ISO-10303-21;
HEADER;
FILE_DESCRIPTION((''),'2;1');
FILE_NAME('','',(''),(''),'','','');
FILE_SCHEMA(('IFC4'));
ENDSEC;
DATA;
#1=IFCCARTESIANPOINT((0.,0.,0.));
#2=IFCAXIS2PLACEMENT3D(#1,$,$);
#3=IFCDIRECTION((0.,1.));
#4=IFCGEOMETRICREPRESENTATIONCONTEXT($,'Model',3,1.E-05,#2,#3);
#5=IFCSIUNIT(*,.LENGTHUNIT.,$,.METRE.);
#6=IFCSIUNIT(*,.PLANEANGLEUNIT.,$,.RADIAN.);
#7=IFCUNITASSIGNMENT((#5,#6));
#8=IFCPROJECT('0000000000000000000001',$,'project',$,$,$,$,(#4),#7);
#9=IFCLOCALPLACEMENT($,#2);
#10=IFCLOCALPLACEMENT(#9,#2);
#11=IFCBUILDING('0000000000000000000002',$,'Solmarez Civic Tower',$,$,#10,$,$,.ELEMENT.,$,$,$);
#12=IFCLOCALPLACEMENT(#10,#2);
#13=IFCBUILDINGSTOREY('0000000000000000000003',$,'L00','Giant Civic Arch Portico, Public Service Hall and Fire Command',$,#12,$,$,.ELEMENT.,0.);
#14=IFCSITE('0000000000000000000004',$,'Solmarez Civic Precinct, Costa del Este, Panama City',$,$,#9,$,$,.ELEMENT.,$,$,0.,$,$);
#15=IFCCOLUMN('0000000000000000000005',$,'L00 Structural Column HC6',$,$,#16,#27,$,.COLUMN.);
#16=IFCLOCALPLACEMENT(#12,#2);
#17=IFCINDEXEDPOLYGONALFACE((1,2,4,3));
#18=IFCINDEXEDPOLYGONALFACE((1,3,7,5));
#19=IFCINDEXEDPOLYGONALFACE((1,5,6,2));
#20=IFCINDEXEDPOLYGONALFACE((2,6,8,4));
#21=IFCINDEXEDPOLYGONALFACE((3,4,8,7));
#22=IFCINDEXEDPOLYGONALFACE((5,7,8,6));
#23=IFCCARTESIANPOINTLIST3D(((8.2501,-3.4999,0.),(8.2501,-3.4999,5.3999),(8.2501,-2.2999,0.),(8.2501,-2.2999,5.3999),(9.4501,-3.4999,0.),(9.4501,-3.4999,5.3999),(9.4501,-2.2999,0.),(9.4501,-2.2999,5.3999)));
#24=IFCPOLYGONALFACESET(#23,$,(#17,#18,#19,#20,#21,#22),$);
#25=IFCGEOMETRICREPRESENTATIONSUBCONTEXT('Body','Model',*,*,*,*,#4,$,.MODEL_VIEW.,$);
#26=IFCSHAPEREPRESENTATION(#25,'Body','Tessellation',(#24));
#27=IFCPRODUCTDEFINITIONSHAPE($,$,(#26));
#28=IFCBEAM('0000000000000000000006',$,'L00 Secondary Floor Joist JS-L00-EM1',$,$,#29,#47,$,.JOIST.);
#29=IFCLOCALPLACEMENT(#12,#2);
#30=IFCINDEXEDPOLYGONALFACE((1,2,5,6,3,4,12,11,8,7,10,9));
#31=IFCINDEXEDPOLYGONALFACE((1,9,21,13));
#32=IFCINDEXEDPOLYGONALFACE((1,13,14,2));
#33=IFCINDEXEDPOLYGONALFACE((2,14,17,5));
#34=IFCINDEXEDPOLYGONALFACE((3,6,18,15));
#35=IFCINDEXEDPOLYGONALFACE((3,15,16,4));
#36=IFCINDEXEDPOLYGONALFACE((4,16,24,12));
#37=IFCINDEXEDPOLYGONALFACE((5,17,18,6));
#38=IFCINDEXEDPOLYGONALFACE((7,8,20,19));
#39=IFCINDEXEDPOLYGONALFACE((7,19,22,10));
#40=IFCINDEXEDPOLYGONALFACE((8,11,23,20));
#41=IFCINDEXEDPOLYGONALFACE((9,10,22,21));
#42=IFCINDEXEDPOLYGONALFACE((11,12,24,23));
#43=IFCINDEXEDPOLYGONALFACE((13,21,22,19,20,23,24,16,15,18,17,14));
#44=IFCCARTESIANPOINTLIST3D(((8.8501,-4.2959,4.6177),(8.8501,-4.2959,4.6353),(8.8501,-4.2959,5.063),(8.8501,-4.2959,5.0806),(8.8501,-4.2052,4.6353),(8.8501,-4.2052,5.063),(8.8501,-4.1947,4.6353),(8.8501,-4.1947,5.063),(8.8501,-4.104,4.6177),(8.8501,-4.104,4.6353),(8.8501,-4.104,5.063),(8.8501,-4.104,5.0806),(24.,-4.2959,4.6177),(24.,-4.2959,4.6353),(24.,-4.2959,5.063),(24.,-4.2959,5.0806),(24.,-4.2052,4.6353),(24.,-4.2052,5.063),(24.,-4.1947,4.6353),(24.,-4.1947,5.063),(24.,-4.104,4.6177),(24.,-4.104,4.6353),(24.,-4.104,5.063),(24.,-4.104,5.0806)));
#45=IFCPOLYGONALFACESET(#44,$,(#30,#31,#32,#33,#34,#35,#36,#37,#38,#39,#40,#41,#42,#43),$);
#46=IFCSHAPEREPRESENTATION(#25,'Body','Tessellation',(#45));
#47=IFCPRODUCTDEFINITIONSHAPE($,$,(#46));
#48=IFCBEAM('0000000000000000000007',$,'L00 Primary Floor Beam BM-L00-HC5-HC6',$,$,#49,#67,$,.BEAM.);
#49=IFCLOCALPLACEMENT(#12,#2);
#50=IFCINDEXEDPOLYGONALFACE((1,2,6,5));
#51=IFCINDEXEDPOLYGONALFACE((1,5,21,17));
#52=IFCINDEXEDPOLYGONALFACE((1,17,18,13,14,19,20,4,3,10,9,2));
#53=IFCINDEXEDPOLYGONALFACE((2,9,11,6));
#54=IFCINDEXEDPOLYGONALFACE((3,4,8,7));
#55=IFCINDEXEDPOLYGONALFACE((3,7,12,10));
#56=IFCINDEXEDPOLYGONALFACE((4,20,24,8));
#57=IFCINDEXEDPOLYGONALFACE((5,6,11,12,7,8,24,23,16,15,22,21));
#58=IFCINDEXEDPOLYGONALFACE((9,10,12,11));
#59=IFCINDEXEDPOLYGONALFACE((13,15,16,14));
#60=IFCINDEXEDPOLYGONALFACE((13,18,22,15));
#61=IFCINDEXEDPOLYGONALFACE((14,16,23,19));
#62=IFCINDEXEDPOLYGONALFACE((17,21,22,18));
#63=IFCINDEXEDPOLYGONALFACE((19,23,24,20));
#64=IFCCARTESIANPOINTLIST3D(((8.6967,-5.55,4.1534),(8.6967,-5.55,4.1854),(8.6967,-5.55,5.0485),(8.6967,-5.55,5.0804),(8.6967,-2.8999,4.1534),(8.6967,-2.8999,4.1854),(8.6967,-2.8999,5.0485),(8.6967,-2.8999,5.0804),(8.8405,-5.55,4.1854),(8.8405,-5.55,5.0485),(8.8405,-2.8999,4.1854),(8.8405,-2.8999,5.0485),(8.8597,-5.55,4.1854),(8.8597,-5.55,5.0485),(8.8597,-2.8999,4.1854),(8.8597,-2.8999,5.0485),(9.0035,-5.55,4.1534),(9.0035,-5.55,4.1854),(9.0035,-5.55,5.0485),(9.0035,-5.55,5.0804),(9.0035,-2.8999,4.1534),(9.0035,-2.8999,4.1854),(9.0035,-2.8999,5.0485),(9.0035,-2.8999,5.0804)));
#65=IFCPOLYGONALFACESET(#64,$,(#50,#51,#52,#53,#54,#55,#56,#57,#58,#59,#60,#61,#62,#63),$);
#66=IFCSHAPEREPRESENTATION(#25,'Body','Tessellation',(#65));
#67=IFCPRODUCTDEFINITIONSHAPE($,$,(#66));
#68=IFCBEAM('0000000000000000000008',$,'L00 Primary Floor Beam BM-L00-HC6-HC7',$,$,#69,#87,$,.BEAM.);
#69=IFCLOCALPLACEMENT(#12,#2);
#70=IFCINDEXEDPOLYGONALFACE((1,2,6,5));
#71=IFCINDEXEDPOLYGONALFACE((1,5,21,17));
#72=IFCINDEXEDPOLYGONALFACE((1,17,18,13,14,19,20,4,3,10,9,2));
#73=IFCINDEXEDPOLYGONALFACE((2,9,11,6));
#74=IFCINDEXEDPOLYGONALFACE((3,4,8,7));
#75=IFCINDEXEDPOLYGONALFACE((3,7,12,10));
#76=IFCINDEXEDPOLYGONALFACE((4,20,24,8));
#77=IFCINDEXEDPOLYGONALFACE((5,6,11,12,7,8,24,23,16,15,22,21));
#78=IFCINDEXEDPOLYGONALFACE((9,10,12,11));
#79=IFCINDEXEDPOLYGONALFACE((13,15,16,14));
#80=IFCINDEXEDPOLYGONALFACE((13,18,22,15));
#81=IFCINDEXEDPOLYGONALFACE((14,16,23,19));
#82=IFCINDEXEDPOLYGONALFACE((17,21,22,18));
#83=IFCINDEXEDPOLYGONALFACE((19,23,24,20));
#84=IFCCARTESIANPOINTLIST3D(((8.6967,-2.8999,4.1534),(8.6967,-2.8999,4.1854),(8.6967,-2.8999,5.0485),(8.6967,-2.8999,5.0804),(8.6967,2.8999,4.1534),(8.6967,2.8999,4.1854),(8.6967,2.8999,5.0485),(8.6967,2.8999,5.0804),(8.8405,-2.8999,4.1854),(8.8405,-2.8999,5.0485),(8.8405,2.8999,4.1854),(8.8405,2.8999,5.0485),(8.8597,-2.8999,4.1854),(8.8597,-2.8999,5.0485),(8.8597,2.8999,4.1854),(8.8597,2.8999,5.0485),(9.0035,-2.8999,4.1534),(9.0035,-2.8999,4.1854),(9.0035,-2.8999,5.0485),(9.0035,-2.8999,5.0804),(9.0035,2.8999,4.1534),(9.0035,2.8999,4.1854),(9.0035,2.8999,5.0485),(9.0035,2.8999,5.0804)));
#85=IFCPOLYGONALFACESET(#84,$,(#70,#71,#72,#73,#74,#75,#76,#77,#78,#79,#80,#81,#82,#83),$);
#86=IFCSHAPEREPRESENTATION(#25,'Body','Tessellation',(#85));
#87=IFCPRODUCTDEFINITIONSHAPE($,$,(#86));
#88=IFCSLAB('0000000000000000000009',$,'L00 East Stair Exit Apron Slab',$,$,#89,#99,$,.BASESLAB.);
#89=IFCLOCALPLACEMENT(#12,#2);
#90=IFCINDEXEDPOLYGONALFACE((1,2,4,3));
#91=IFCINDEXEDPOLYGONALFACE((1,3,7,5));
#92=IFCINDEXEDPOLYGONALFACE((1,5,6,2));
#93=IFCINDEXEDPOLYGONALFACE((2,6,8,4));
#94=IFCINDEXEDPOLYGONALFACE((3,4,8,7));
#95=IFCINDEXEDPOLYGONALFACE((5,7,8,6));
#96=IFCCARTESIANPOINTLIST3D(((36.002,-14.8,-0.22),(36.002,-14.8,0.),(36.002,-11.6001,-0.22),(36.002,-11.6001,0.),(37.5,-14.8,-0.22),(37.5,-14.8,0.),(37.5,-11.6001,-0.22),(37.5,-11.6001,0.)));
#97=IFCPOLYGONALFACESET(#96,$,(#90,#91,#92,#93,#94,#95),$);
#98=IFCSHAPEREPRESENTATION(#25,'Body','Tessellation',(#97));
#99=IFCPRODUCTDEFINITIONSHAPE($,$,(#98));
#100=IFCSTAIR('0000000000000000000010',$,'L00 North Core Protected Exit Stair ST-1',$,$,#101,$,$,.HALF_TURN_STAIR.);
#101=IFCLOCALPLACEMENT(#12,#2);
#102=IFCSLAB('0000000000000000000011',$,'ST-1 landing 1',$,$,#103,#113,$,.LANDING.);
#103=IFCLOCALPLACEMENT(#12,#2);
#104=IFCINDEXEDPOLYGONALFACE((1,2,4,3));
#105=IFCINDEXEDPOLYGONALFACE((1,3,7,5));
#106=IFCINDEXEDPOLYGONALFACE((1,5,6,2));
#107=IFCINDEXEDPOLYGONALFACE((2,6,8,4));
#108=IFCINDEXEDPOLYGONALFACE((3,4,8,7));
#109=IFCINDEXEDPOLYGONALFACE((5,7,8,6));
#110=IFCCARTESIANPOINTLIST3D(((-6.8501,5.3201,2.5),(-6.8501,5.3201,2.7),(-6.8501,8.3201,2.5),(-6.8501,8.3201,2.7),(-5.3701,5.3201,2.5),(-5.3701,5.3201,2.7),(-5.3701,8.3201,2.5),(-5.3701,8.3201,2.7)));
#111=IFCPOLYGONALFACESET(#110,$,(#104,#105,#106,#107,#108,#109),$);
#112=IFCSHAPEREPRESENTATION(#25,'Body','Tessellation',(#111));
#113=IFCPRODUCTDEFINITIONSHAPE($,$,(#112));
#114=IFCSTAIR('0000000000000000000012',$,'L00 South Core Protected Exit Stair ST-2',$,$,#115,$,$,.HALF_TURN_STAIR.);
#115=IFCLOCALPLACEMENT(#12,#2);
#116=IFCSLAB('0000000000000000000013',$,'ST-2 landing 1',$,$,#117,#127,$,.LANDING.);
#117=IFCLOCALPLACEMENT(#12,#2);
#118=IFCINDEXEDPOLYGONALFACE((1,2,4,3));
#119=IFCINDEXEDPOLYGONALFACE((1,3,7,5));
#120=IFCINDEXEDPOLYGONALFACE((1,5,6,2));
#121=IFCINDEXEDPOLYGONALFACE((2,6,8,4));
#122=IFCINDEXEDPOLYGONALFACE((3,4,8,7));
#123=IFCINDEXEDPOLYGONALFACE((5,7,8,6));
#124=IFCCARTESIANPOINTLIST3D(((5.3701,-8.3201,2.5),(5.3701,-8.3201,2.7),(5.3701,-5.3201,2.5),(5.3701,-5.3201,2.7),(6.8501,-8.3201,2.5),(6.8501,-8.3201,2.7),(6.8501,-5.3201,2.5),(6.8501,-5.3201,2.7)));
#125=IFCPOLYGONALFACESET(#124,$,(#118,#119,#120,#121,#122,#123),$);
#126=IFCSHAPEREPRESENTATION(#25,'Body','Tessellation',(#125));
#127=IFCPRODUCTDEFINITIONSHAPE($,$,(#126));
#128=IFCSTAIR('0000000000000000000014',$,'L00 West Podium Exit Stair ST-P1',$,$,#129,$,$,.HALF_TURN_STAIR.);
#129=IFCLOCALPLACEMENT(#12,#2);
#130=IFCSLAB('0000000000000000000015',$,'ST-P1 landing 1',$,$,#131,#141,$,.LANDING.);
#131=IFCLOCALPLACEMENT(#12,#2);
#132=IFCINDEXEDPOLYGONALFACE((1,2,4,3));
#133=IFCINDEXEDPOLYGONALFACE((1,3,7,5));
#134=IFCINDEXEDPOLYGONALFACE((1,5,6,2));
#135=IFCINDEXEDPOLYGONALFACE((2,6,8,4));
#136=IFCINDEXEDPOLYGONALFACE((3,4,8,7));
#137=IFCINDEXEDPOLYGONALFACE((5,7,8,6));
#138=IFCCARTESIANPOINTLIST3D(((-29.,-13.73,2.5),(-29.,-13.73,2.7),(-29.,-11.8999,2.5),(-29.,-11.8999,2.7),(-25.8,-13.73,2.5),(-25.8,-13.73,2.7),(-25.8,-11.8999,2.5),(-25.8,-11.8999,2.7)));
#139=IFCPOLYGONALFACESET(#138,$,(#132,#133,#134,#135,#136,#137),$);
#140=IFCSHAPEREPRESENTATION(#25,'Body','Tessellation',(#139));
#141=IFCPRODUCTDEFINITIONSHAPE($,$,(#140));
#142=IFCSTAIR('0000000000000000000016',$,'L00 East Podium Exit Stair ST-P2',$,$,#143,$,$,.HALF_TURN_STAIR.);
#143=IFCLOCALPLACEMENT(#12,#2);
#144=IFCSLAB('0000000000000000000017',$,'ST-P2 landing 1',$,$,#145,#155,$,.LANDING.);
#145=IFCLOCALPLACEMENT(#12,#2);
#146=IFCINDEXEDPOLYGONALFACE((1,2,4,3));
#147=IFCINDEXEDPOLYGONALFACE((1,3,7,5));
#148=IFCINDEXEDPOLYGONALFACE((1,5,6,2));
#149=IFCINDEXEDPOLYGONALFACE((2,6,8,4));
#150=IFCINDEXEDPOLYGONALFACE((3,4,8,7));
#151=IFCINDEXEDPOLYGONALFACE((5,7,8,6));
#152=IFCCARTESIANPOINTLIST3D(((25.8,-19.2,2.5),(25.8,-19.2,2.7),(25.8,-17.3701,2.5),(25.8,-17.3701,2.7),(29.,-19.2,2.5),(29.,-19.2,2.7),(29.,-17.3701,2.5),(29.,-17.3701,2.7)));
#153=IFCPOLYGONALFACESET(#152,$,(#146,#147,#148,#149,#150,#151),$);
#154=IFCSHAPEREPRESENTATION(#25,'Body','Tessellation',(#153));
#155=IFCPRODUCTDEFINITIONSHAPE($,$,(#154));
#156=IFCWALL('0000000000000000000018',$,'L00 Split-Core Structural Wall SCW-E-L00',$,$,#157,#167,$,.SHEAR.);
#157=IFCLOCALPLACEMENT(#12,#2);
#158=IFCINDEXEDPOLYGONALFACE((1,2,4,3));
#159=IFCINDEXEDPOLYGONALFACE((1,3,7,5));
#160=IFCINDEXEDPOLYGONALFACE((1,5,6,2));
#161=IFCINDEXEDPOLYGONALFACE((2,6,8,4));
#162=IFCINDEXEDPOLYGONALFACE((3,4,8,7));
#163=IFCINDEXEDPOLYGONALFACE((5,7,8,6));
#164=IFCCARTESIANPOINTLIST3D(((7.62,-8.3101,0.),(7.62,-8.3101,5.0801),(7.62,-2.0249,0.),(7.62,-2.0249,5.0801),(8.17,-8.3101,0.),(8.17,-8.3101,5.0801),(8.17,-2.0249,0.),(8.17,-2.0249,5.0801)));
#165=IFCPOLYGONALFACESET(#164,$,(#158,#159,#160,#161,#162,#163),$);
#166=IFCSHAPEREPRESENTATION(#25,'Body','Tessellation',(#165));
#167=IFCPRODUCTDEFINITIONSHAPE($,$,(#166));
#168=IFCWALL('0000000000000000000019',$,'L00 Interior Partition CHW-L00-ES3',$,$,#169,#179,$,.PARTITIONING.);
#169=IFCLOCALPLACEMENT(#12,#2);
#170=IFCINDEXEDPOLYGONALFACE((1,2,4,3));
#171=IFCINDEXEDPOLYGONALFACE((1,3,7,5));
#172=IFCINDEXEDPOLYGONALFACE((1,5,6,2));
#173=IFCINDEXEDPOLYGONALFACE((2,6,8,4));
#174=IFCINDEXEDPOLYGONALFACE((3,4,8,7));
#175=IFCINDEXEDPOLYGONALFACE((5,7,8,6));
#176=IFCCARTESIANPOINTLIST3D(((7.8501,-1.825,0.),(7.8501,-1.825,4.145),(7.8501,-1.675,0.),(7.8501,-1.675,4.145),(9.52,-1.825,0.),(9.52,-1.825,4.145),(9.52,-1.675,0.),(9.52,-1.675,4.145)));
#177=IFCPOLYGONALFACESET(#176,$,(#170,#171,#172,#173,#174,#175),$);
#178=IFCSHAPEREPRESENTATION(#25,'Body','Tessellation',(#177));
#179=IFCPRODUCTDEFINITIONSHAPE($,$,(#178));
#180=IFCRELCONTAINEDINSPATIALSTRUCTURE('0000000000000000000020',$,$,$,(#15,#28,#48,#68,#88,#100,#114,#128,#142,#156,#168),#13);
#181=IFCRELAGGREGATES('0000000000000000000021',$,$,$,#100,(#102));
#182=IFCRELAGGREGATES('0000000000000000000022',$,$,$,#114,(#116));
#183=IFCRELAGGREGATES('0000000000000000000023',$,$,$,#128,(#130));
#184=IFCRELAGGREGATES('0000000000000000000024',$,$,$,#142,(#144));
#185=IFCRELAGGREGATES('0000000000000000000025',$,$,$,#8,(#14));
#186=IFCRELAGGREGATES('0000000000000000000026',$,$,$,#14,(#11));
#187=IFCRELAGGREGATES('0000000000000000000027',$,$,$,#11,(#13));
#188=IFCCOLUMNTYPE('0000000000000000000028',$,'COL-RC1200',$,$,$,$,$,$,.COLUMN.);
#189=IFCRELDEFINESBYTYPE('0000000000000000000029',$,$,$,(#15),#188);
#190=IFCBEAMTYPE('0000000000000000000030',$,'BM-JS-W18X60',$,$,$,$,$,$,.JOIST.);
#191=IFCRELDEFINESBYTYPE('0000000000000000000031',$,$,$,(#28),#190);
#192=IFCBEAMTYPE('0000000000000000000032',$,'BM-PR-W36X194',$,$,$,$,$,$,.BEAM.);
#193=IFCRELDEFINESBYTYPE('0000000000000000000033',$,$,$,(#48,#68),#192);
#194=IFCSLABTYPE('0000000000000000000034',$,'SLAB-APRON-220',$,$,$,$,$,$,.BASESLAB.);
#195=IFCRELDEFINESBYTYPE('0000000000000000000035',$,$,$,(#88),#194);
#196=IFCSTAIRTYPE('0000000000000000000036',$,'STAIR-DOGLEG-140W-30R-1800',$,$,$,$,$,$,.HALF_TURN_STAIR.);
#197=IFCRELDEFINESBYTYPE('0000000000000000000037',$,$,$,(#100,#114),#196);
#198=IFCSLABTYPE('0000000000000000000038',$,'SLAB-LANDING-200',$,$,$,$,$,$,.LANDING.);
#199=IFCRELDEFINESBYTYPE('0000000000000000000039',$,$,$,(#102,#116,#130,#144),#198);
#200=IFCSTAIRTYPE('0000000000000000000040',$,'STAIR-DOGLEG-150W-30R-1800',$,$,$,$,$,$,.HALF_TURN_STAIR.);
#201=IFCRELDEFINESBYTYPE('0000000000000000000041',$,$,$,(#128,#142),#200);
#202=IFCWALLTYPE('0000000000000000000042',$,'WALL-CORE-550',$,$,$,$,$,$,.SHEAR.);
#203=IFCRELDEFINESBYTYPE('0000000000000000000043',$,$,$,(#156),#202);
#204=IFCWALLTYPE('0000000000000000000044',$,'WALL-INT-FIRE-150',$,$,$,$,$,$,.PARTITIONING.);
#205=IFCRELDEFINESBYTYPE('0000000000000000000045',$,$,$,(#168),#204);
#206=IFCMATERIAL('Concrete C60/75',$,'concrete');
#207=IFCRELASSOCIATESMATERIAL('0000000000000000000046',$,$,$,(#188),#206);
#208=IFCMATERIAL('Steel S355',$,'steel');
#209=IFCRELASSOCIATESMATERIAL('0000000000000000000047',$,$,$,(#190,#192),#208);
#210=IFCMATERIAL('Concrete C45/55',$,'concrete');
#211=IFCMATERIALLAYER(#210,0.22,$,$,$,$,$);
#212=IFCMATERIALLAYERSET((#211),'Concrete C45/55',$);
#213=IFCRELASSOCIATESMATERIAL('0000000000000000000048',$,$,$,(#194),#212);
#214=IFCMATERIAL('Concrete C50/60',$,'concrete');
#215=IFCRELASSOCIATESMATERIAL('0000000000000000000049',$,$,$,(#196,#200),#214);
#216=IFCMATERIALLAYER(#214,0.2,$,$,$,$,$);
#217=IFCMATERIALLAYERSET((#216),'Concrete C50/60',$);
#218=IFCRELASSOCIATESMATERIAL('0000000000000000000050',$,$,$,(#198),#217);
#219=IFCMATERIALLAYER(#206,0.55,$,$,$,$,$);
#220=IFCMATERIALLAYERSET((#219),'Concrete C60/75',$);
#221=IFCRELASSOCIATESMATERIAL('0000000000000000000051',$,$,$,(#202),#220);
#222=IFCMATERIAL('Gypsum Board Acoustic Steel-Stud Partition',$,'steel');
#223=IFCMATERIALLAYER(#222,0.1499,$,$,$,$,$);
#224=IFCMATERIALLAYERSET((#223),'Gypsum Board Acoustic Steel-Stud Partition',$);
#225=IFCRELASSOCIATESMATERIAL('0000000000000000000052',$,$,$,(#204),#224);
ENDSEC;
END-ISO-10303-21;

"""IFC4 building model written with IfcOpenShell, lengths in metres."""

from ifc_helpers import new_model, si_unit, direction, frame, frame_2d, origin, origin_2d, place, context, subcontext, project, spatial, polyline, rectangle, i_section, outline, extrude, material, layer, layer_set, material_profile, profile_set, type_object, element, aggregate, save


model = new_model("IFC4")

# Units and contexts
model_context = context("Model", 3, precision=1e-05, world=origin(), true_north=direction((0.0, 1.0)))
body_context = subcontext(model_context, "Body", "Model", "MODEL_VIEW")
ifc_project = project(units=[si_unit("LENGTHUNIT", "METRE"), si_unit("PLANEANGLEUNIT", "RADIAN")], contexts=[model_context])

# Site, building, storey
site_placement = place(None, origin())
site = spatial("IfcSite", under=ifc_project, at=site_placement, Name="Solmarez Civic Precinct, Costa del Este, Panama City", CompositionType="ELEMENT", RefElevation=0.0)
building_placement = place(site_placement, origin())
building = spatial("IfcBuilding", under=site, at=building_placement, Name="Solmarez Civic Tower", CompositionType="ELEMENT")
storey_placement = place(building_placement, origin())
storey = spatial("IfcBuildingStorey", under=building, at=storey_placement, Name="L00", Description="Giant Civic Arch Portico, Public Service Hall and Fire Command", CompositionType="ELEMENT", Elevation=0.0)

# Column
ifc_material_1 = material(Name="Concrete C60/75", Category="concrete")
ifc_material_profile_1 = material_profile(ifc_material_1, rectangle(XDim=1.2, YDim=1.2, at=origin_2d()), Name="RC1200X1200")
ifc_profile_set_1 = profile_set([ifc_material_profile_1], Name="Concrete C60/75")
column_type = type_object("IfcColumnType", Name="COL-RC1200", PredefinedType="COLUMN", material=ifc_profile_set_1)
column_placement = place(storey_placement, frame((8.8501, -2.8999, 0.0), z_axis=(0.0, 0.0, 1.0), x_axis=(1.0, 0.0, 0.0)))
element("IfcColumn", 1, at=column_placement, inside=storey, type_object=column_type, Name="L00 Structural Column HC6", PredefinedType="COLUMN", context=body_context, shape_type="SweptSolid", body=[
    extrude(rectangle(XDim=1.2, YDim=1.2, at=origin_2d()), origin(), (0.0, 0.0, 1.0), 5.3999),
])

# Beams
ifc_material_2 = material(Name="Steel S355", Category="steel")
ifc_material_profile_2 = material_profile(ifc_material_2, i_section(OverallWidth=0.1919, OverallDepth=0.4629, WebThickness=0.0105, FlangeThickness=0.0176, at=origin_2d()), Name="W18X60")
ifc_profile_set_2 = profile_set([ifc_material_profile_2], Name="Steel S355")
beam_type_1 = type_object("IfcBeamType", Name="BM-JS-W18X60", PredefinedType="JOIST", material=ifc_profile_set_2)
beam_1_placement = place(storey_placement, frame((8.8501, -4.2, 4.8491), z_axis=(1.0, 0.0, 0.0), x_axis=(0.0, 1.0, 0.0)))
element("IfcBeam", 2, at=beam_1_placement, inside=storey, type_object=beam_type_1, Name="L00 Secondary Floor Joist JS-L00-EM1", PredefinedType="JOIST", context=body_context, shape_type="SweptSolid", body=[
    extrude(i_section(OverallWidth=0.1919, OverallDepth=0.4629, WebThickness=0.0105, FlangeThickness=0.0176, at=origin_2d()), origin(), (0.0, 0.0, 1.0), 15.1499),
])
ifc_material_profile_3 = material_profile(ifc_material_2, i_section(OverallWidth=0.3069, OverallDepth=0.927, WebThickness=0.0193, FlangeThickness=0.032, at=origin_2d()), Name="W36X194")
ifc_profile_set_3 = profile_set([ifc_material_profile_3], Name="Steel S355")
beam_type_2 = type_object("IfcBeamType", Name="BM-PR-W36X194", PredefinedType="BEAM", material=ifc_profile_set_3)
beam_2_placement = place(storey_placement, frame((8.8501, -5.55, 4.6169), z_axis=(0.0, 1.0, 0.0), x_axis=(-1.0, 0.0, 0.0)))
element("IfcBeam", 3, at=beam_2_placement, inside=storey, type_object=beam_type_2, Name="L00 Primary Floor Beam BM-L00-HC5-HC6", PredefinedType="BEAM", context=body_context, shape_type="SweptSolid", body=[
    extrude(i_section(OverallWidth=0.3069, OverallDepth=0.927, WebThickness=0.0193, FlangeThickness=0.032, at=origin_2d()), origin(), (0.0, 0.0, 1.0), 2.6501),
])
beam_3_placement = place(storey_placement, frame((8.8501, -2.8999, 4.6169), z_axis=(0.0, 1.0, 0.0), x_axis=(-1.0, 0.0, 0.0)))
element("IfcBeam", 4, at=beam_3_placement, inside=storey, type_object=beam_type_2, Name="L00 Primary Floor Beam BM-L00-HC6-HC7", PredefinedType="BEAM", context=body_context, shape_type="SweptSolid", body=[
    extrude(i_section(OverallWidth=0.3069, OverallDepth=0.927, WebThickness=0.0193, FlangeThickness=0.032, at=origin_2d()), origin(), (0.0, 0.0, 1.0), 5.7998),
])

# Slab
ifc_material_3 = material(Name="Concrete C45/55", Category="concrete")
ifc_layer_1 = layer(ifc_material_3, 0.22)
ifc_layer_set_1 = layer_set([ifc_layer_1], Name="Concrete C45/55")
slab_type_1 = type_object("IfcSlabType", Name="SLAB-APRON-220", PredefinedType="BASESLAB", material=ifc_layer_set_1)
slab_1_placement = place(storey_placement, frame((0.0, 0.0, -0.22)))
element("IfcSlab", 5, at=slab_1_placement, inside=storey, type_object=slab_type_1, Name="L00 East Stair Exit Apron Slab", PredefinedType="BASESLAB", context=body_context, shape_type="SweptSolid", body=[
    extrude(outline(polyline([(36.002, -14.8), (37.5, -14.8), (37.5, -11.6001), (36.002, -11.6001), (36.002, -14.8)])), origin(), (0.0, 0.0, 1.0), 0.22),
])

# Stairs, slabs
ifc_material_4 = material(Name="Concrete C50/60", Category="concrete")
stair_type_1 = type_object("IfcStairType", Name="STAIR-DOGLEG-140W-30R-1800", PredefinedType="HALF_TURN_STAIR", material=ifc_material_4)
stair_1_placement = place(storey_placement, origin())
stair_1 = element("IfcStair", 6, at=stair_1_placement, inside=storey, type_object=stair_type_1, Name="L00 North Core Protected Exit Stair ST-1", PredefinedType="HALF_TURN_STAIR")
ifc_layer_2 = layer(ifc_material_4, 0.2)
ifc_layer_set_2 = layer_set([ifc_layer_2], Name="Concrete C50/60")
slab_type_2 = type_object("IfcSlabType", Name="SLAB-LANDING-200", PredefinedType="LANDING", material=ifc_layer_set_2)
slab_2_placement = place(storey_placement, frame((0.0, 0.0, 2.5)))
slab_2 = element("IfcSlab", 7, at=slab_2_placement, type_object=slab_type_2, Name="ST-1 landing 1", PredefinedType="LANDING", context=body_context, shape_type="SweptSolid", body=[
    extrude(outline(polyline([(-5.3701, 8.3201), (-6.8501, 8.3201), (-6.8501, 5.3201), (-5.3701, 5.3201), (-5.3701, 8.3201)])), origin(), (0.0, 0.0, 1.0), 0.2),
])
aggregate(stair_1, [slab_2])
stair_2_placement = place(storey_placement, origin())
stair_2 = element("IfcStair", 8, at=stair_2_placement, inside=storey, type_object=stair_type_1, Name="L00 South Core Protected Exit Stair ST-2", PredefinedType="HALF_TURN_STAIR")
slab_3_placement = place(storey_placement, frame((0.0, 0.0, 2.5)))
slab_3 = element("IfcSlab", 9, at=slab_3_placement, type_object=slab_type_2, Name="ST-2 landing 1", PredefinedType="LANDING", context=body_context, shape_type="SweptSolid", body=[
    extrude(outline(polyline([(5.3701, -8.3201), (6.8501, -8.3201), (6.8501, -5.3201), (5.3701, -5.3201), (5.3701, -8.3201)])), origin(), (0.0, 0.0, 1.0), 0.2),
])
aggregate(stair_2, [slab_3])
stair_type_2 = type_object("IfcStairType", Name="STAIR-DOGLEG-150W-30R-1800", PredefinedType="HALF_TURN_STAIR", material=ifc_material_4)
stair_3_placement = place(storey_placement, origin())
stair_3 = element("IfcStair", 10, at=stair_3_placement, inside=storey, type_object=stair_type_2, Name="L00 West Podium Exit Stair ST-P1", PredefinedType="HALF_TURN_STAIR")
slab_4_placement = place(storey_placement, frame((0.0, 0.0, 2.5)))
slab_4 = element("IfcSlab", 11, at=slab_4_placement, type_object=slab_type_2, Name="ST-P1 landing 1", PredefinedType="LANDING", context=body_context, shape_type="SweptSolid", body=[
    extrude(outline(polyline([(-25.8, -13.73), (-25.8, -11.8999), (-29.0, -11.8999), (-29.0, -13.73), (-25.8, -13.73)])), origin(), (0.0, 0.0, 1.0), 0.2),
])
aggregate(stair_3, [slab_4])
stair_4_placement = place(storey_placement, origin())
stair_4 = element("IfcStair", 12, at=stair_4_placement, inside=storey, type_object=stair_type_2, Name="L00 East Podium Exit Stair ST-P2", PredefinedType="HALF_TURN_STAIR")
slab_5_placement = place(storey_placement, frame((0.0, 0.0, 2.5)))
slab_5 = element("IfcSlab", 13, at=slab_5_placement, type_object=slab_type_2, Name="ST-P2 landing 1", PredefinedType="LANDING", context=body_context, shape_type="SweptSolid", body=[
    extrude(outline(polyline([(25.8, -17.3701), (25.8, -19.2), (29.0, -19.2), (29.0, -17.3701), (25.8, -17.3701)])), origin(), (0.0, 0.0, 1.0), 0.2),
])
aggregate(stair_4, [slab_5])

# Walls
ifc_layer_3 = layer(ifc_material_1, 0.55)
ifc_layer_set_3 = layer_set([ifc_layer_3], Name="Concrete C60/75")
wall_type_1 = type_object("IfcWallType", Name="WALL-CORE-550", PredefinedType="SHEAR", material=ifc_layer_set_3)
wall_1_placement = place(storey_placement, frame((7.895, -2.0249, 0.0), z_axis=(0.0, 0.0, 1.0), x_axis=(0.0, -1.0, 0.0)))
element("IfcWall", 14, at=wall_1_placement, inside=storey, type_object=wall_type_1, Name="L00 Split-Core Structural Wall SCW-E-L00", PredefinedType="SHEAR", context=body_context, shape_type="SweptSolid", body=[
    extrude(rectangle(XDim=6.2852, YDim=0.55, at=frame_2d((3.1426, 0.0))), origin(), (0.0, 0.0, 1.0), 5.0801),
])
ifc_material_5 = material(Name="Gypsum Board Acoustic Steel-Stud Partition", Category="steel")
ifc_layer_4 = layer(ifc_material_5, 0.1499)
ifc_layer_set_4 = layer_set([ifc_layer_4], Name="Gypsum Board Acoustic Steel-Stud Partition")
wall_type_2 = type_object("IfcWallType", Name="WALL-INT-FIRE-150", PredefinedType="PARTITIONING", material=ifc_layer_set_4)
wall_2_placement = place(storey_placement, frame((7.8501, -1.75, 0.0), z_axis=(0.0, 0.0, 1.0), x_axis=(1.0, 0.0, 0.0)))
element("IfcWall", 15, at=wall_2_placement, inside=storey, type_object=wall_type_2, Name="L00 Interior Partition CHW-L00-ES3", PredefinedType="PARTITIONING", context=body_context, shape_type="SweptSolid", body=[
    extrude(rectangle(XDim=1.6699, YDim=0.1499, at=frame_2d((0.835, 0.0))), origin(), (0.0, 0.0, 1.0), 4.145),
])

save(model, "model.ifc")
